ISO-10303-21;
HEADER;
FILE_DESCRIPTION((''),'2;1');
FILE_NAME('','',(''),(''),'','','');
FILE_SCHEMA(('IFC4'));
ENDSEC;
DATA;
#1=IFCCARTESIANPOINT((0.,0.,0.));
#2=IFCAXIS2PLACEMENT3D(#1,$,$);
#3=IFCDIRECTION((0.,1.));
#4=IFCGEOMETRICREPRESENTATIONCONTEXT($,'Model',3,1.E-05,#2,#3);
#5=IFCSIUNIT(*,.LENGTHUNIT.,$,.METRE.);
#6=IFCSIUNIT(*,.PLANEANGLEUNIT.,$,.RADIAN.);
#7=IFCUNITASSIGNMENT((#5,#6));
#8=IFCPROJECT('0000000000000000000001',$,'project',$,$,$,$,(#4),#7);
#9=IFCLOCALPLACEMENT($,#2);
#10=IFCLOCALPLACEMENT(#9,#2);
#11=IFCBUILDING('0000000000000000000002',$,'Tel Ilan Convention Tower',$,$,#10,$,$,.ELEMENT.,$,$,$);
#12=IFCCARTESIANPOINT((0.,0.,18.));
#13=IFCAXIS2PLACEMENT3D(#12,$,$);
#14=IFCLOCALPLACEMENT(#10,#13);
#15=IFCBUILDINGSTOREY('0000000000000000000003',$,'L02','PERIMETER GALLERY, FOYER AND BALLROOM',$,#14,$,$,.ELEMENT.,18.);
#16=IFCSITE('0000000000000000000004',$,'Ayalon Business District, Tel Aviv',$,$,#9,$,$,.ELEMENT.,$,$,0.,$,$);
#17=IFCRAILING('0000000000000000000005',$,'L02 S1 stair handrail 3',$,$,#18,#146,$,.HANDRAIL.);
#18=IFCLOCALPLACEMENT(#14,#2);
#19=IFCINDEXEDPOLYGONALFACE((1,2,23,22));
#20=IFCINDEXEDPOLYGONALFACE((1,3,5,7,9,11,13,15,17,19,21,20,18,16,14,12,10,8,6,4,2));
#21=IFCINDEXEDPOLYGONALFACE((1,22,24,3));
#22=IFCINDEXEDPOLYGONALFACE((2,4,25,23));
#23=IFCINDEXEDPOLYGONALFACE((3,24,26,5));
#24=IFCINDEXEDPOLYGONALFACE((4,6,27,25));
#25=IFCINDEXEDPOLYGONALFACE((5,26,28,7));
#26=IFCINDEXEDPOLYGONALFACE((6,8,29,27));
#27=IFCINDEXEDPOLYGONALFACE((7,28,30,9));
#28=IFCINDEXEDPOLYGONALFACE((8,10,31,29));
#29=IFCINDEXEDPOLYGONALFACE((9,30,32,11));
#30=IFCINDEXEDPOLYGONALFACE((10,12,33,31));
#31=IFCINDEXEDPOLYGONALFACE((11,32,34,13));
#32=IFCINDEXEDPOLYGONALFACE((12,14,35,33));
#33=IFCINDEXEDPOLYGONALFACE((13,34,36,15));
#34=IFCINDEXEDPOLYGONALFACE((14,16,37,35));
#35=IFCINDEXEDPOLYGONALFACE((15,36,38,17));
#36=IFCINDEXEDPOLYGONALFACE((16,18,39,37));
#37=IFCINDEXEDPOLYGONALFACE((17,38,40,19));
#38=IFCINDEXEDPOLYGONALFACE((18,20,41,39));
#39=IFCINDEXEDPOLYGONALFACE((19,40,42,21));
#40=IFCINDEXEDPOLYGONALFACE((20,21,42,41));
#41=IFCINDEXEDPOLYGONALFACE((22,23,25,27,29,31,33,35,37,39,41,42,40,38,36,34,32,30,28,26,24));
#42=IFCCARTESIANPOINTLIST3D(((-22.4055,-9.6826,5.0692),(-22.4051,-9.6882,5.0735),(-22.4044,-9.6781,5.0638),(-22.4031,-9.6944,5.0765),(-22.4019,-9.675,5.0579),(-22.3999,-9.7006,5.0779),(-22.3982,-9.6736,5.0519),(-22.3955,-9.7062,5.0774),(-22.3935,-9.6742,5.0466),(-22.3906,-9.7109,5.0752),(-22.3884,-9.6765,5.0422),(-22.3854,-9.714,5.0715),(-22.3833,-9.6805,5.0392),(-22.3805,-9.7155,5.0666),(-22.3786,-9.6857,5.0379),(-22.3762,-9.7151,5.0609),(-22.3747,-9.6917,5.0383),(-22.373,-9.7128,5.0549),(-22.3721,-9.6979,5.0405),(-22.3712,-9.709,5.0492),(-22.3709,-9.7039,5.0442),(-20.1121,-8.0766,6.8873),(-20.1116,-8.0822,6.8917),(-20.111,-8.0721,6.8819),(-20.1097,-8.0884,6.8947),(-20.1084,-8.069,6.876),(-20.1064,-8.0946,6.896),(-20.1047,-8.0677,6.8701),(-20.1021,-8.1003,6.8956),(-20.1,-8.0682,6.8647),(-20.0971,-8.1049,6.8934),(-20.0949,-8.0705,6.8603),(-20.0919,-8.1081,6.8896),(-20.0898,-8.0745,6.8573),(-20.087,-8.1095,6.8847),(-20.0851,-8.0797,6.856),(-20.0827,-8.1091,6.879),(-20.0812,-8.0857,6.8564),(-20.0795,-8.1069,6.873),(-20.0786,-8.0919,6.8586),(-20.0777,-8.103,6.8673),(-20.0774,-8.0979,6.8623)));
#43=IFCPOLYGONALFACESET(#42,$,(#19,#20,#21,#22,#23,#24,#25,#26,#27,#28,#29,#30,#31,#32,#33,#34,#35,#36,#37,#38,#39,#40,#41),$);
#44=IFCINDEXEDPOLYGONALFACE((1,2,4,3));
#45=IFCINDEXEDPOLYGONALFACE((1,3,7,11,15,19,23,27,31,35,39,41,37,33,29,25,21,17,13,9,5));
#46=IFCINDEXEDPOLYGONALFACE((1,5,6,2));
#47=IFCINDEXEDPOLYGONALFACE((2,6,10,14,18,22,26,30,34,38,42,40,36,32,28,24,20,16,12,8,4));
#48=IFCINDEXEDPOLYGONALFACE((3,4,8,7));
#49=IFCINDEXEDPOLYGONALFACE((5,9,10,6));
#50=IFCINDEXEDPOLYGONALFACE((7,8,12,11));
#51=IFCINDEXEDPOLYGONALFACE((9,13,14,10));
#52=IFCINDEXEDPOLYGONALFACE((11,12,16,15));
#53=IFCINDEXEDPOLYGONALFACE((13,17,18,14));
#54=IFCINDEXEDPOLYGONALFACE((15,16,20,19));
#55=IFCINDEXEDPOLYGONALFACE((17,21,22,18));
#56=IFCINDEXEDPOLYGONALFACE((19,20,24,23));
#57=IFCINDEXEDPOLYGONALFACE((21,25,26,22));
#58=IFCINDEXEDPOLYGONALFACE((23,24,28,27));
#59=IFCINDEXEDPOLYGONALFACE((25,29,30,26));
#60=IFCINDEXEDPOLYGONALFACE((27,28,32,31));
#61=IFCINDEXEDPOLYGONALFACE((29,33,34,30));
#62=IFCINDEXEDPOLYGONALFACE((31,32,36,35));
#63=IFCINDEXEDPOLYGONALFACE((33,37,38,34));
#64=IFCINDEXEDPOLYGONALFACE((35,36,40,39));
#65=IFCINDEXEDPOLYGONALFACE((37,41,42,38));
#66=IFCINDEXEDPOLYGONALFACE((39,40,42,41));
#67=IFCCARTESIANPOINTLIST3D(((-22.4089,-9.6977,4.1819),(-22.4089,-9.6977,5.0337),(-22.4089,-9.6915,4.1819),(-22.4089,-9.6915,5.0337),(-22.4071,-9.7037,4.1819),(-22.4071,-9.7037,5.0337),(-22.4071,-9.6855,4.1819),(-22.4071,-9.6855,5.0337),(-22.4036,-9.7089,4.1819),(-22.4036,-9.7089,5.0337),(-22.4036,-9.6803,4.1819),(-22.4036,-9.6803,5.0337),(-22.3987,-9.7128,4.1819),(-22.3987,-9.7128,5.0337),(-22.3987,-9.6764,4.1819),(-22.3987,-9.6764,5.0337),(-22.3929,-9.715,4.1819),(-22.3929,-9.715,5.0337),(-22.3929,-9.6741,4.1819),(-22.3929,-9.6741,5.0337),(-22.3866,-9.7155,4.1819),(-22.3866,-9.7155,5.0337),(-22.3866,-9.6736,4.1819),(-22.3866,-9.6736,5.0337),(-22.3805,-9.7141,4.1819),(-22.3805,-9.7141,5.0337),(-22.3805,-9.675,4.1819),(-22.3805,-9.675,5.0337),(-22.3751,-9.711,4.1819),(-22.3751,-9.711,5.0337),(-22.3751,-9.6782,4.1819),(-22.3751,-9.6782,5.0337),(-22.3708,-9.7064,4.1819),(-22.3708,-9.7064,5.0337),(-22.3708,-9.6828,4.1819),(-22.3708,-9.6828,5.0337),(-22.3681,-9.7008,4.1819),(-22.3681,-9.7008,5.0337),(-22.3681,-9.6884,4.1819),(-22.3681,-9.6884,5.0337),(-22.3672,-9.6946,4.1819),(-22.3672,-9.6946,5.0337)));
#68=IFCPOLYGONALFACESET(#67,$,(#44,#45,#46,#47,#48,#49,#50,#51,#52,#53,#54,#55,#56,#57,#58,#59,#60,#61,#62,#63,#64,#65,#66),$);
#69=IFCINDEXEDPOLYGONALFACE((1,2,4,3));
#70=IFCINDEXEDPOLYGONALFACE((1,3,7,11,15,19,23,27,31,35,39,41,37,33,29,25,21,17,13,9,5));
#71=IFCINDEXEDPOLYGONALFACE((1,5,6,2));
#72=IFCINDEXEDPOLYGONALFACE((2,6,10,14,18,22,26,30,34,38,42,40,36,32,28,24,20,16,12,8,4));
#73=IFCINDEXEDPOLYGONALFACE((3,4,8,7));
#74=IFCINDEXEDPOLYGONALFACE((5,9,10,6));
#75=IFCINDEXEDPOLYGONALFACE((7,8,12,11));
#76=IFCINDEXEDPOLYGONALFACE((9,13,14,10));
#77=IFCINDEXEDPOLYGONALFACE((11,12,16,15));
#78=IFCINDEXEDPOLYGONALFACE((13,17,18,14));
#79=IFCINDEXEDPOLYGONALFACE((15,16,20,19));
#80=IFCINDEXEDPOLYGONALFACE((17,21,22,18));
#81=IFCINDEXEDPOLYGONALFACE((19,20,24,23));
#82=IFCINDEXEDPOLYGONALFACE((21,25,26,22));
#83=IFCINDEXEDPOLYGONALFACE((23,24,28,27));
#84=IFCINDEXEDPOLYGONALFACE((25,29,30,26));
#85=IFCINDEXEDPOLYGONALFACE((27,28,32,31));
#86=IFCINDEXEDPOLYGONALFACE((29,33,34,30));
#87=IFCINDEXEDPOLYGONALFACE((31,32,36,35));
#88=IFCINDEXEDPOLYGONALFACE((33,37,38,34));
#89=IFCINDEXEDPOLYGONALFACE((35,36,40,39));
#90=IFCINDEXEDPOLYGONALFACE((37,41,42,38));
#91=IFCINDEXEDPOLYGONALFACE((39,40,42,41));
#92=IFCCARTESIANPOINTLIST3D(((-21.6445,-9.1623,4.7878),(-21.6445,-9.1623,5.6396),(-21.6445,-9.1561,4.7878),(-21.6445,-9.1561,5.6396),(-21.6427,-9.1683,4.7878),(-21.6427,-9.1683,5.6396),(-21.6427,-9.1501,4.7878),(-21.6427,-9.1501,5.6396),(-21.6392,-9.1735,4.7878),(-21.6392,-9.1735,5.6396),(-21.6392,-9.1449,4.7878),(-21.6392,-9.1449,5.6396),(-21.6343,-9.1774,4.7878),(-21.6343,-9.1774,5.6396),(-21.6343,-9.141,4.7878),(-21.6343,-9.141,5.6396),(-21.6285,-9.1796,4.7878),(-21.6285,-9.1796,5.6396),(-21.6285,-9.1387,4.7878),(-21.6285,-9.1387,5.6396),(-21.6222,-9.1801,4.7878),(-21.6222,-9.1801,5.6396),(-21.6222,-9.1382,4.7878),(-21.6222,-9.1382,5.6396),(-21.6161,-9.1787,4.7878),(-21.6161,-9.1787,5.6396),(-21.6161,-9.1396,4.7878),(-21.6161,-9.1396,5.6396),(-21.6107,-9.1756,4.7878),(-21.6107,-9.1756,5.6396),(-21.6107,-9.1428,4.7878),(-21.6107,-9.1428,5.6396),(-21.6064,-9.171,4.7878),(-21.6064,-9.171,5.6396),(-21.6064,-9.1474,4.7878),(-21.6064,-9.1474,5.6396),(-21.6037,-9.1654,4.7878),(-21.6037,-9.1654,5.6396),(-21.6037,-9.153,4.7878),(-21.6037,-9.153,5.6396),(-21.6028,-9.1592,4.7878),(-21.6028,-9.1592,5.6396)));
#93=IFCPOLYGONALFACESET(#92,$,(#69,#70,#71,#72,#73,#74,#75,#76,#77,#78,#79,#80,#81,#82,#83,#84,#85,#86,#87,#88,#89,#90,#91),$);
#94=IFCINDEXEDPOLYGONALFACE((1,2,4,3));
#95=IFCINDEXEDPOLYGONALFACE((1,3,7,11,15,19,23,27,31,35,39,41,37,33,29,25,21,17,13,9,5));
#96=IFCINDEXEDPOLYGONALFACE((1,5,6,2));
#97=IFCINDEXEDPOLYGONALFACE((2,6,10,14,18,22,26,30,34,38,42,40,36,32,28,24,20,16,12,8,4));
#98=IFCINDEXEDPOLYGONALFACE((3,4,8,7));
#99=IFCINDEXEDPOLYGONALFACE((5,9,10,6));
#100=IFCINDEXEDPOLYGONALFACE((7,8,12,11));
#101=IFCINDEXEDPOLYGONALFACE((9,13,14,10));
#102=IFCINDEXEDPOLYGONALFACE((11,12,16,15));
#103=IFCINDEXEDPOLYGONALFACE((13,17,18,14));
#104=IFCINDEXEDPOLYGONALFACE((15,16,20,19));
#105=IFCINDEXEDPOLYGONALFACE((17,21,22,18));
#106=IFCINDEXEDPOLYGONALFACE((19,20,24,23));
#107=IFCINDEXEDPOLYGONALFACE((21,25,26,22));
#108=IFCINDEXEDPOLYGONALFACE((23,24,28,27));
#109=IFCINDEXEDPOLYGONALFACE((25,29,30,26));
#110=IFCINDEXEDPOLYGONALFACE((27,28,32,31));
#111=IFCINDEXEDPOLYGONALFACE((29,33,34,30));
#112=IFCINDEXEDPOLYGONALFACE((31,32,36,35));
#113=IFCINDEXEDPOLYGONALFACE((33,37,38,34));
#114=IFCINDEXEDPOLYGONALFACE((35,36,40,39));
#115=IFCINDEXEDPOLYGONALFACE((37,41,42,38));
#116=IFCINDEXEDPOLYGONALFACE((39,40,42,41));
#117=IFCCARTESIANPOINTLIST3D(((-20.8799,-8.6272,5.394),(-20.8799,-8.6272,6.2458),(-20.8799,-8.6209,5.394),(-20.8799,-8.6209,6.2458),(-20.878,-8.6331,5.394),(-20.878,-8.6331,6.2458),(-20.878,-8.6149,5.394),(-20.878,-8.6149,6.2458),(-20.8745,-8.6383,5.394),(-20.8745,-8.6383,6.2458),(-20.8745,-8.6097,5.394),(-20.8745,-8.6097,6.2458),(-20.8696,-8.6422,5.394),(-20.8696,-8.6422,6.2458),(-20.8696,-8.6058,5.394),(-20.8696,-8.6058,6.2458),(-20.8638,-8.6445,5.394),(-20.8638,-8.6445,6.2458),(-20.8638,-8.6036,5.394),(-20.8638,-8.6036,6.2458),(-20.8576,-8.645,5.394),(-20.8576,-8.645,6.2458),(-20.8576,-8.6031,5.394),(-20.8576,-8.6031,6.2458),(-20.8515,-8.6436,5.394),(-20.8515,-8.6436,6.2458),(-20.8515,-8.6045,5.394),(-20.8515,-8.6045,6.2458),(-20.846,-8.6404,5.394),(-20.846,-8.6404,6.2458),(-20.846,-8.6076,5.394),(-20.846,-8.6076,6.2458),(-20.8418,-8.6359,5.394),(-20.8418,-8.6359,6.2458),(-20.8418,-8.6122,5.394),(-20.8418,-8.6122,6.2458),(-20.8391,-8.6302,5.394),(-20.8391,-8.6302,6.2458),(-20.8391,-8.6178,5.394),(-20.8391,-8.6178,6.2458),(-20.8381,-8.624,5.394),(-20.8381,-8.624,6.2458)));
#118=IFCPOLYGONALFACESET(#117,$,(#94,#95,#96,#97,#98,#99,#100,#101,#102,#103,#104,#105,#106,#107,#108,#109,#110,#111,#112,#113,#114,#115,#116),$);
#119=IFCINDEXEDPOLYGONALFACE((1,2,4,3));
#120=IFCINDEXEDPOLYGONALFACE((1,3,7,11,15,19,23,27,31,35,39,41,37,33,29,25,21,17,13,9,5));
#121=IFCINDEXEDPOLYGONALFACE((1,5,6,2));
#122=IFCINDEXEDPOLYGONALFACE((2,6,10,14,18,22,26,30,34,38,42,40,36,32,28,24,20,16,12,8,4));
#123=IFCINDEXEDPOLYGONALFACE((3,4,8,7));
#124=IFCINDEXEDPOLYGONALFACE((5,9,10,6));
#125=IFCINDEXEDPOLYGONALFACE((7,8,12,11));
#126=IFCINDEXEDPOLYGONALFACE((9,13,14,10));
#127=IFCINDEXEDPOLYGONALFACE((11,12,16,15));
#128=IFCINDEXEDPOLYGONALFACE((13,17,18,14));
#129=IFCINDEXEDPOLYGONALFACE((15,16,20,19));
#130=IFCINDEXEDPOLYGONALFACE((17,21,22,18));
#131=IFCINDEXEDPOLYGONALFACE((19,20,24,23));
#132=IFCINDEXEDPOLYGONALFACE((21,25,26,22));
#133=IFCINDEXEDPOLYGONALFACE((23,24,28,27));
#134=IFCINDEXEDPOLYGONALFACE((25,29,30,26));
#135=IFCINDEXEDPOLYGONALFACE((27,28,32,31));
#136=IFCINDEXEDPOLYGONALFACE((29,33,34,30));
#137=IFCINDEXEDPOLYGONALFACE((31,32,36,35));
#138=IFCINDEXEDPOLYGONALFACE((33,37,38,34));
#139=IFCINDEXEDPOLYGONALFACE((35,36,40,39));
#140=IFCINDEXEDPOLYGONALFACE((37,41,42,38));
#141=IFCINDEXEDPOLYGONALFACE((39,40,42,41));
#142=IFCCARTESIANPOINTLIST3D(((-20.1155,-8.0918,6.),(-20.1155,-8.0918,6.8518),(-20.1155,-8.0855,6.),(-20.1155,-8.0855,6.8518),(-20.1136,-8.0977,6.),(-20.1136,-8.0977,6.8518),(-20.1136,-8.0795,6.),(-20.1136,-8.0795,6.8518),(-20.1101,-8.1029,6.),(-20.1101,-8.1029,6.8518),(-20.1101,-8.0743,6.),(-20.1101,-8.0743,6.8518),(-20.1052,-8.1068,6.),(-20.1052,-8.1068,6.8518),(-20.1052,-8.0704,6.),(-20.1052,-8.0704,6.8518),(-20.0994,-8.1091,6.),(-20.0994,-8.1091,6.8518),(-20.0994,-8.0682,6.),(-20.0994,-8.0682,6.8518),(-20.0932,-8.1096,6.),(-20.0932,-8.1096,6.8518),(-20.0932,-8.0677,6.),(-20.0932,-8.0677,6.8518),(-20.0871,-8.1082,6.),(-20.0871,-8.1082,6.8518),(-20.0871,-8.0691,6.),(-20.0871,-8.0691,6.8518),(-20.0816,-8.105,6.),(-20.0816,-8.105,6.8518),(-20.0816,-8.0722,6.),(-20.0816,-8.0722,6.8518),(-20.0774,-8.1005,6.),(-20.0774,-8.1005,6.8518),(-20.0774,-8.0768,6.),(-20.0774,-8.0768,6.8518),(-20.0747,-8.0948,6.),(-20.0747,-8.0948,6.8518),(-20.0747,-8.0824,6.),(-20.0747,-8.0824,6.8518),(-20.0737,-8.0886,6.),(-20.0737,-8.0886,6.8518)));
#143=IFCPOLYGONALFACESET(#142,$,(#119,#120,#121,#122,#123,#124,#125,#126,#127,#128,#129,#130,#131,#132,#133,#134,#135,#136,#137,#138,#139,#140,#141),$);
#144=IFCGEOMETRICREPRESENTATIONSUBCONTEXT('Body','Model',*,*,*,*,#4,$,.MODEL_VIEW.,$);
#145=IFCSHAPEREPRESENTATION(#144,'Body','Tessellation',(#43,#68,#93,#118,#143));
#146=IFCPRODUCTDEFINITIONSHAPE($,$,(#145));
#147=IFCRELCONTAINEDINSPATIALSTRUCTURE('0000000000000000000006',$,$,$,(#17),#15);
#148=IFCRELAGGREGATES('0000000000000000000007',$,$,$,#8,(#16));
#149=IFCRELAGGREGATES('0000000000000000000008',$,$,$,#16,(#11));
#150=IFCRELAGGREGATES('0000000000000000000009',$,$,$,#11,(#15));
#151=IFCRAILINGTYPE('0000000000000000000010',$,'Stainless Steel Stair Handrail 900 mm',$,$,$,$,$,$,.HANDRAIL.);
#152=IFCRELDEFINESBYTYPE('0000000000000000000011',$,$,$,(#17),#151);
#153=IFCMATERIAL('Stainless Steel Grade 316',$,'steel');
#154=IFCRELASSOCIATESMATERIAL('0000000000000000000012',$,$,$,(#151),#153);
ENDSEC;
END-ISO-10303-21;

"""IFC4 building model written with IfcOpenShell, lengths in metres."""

from ifc_helpers import new_model, si_unit, direction, frame, origin, origin_2d, place, context, subcontext, project, spatial, circle, extrude, material, type_object, element, save


model = new_model("IFC4")

# Units and contexts
model_context = context("Model", 3, precision=1e-05, world=origin(), true_north=direction((0.0, 1.0)))
body_context = subcontext(model_context, "Body", "Model", "MODEL_VIEW")
ifc_project = project(units=[si_unit("LENGTHUNIT", "METRE"), si_unit("PLANEANGLEUNIT", "RADIAN")], contexts=[model_context])

# Site, building, storey
site_placement = place(None, origin())
site = spatial("IfcSite", under=ifc_project, at=site_placement, Name="Ayalon Business District, Tel Aviv", CompositionType="ELEMENT", RefElevation=0.0)
building_placement = place(site_placement, origin())
building = spatial("IfcBuilding", under=site, at=building_placement, Name="Tel Ilan Convention Tower", CompositionType="ELEMENT")
storey_placement = place(building_placement, frame((0.0, 0.0, 18.0)))
storey = spatial("IfcBuildingStorey", under=building, at=storey_placement, Name="L02", Description="PERIMETER GALLERY, FOYER AND BALLROOM", CompositionType="ELEMENT", Elevation=18.0)

# Railing
ifc_material_1 = material(Name="Stainless Steel Grade 316", Category="steel")
railing_type = type_object("IfcRailingType", Name="Stainless Steel Stair Handrail 900 mm", PredefinedType="HANDRAIL", material=ifc_material_1)
railing_1_placement = place(storey_placement, frame((-22.3882, -9.6946, 4.1819)))
element("IfcRailing", 1, at=railing_1_placement, inside=storey, type_object=railing_type, Name="L02 S1 stair handrail 3", PredefinedType="HANDRAIL", context=body_context, shape_type="SweptSolid", body=[
    extrude(circle(Radius=0.0239, at=origin_2d()), frame((0.0, 0.0, 0.876), z_axis=(0.687003, 0.481063, 0.544615), x_axis=(-0.573591, 0.819142, 0.0)), (0.0, 0.0, 1.0), 3.3384),
    extrude(circle(Radius=0.021, at=origin_2d()), origin(), (0.0, 0.0, 1.0), 0.8518),
    extrude(circle(Radius=0.021, at=origin_2d()), frame((0.7644, 0.5354, 0.606)), (0.0, 0.0, 1.0), 0.8518),
    extrude(circle(Radius=0.021, at=origin_2d()), frame((1.5291, 1.0706, 1.2122)), (0.0, 0.0, 1.0), 0.8518),
    extrude(circle(Radius=0.021, at=origin_2d()), frame((2.2935, 1.606, 1.8181)), (0.0, 0.0, 1.0), 0.8518),
])

save(model, "model.ifc")
